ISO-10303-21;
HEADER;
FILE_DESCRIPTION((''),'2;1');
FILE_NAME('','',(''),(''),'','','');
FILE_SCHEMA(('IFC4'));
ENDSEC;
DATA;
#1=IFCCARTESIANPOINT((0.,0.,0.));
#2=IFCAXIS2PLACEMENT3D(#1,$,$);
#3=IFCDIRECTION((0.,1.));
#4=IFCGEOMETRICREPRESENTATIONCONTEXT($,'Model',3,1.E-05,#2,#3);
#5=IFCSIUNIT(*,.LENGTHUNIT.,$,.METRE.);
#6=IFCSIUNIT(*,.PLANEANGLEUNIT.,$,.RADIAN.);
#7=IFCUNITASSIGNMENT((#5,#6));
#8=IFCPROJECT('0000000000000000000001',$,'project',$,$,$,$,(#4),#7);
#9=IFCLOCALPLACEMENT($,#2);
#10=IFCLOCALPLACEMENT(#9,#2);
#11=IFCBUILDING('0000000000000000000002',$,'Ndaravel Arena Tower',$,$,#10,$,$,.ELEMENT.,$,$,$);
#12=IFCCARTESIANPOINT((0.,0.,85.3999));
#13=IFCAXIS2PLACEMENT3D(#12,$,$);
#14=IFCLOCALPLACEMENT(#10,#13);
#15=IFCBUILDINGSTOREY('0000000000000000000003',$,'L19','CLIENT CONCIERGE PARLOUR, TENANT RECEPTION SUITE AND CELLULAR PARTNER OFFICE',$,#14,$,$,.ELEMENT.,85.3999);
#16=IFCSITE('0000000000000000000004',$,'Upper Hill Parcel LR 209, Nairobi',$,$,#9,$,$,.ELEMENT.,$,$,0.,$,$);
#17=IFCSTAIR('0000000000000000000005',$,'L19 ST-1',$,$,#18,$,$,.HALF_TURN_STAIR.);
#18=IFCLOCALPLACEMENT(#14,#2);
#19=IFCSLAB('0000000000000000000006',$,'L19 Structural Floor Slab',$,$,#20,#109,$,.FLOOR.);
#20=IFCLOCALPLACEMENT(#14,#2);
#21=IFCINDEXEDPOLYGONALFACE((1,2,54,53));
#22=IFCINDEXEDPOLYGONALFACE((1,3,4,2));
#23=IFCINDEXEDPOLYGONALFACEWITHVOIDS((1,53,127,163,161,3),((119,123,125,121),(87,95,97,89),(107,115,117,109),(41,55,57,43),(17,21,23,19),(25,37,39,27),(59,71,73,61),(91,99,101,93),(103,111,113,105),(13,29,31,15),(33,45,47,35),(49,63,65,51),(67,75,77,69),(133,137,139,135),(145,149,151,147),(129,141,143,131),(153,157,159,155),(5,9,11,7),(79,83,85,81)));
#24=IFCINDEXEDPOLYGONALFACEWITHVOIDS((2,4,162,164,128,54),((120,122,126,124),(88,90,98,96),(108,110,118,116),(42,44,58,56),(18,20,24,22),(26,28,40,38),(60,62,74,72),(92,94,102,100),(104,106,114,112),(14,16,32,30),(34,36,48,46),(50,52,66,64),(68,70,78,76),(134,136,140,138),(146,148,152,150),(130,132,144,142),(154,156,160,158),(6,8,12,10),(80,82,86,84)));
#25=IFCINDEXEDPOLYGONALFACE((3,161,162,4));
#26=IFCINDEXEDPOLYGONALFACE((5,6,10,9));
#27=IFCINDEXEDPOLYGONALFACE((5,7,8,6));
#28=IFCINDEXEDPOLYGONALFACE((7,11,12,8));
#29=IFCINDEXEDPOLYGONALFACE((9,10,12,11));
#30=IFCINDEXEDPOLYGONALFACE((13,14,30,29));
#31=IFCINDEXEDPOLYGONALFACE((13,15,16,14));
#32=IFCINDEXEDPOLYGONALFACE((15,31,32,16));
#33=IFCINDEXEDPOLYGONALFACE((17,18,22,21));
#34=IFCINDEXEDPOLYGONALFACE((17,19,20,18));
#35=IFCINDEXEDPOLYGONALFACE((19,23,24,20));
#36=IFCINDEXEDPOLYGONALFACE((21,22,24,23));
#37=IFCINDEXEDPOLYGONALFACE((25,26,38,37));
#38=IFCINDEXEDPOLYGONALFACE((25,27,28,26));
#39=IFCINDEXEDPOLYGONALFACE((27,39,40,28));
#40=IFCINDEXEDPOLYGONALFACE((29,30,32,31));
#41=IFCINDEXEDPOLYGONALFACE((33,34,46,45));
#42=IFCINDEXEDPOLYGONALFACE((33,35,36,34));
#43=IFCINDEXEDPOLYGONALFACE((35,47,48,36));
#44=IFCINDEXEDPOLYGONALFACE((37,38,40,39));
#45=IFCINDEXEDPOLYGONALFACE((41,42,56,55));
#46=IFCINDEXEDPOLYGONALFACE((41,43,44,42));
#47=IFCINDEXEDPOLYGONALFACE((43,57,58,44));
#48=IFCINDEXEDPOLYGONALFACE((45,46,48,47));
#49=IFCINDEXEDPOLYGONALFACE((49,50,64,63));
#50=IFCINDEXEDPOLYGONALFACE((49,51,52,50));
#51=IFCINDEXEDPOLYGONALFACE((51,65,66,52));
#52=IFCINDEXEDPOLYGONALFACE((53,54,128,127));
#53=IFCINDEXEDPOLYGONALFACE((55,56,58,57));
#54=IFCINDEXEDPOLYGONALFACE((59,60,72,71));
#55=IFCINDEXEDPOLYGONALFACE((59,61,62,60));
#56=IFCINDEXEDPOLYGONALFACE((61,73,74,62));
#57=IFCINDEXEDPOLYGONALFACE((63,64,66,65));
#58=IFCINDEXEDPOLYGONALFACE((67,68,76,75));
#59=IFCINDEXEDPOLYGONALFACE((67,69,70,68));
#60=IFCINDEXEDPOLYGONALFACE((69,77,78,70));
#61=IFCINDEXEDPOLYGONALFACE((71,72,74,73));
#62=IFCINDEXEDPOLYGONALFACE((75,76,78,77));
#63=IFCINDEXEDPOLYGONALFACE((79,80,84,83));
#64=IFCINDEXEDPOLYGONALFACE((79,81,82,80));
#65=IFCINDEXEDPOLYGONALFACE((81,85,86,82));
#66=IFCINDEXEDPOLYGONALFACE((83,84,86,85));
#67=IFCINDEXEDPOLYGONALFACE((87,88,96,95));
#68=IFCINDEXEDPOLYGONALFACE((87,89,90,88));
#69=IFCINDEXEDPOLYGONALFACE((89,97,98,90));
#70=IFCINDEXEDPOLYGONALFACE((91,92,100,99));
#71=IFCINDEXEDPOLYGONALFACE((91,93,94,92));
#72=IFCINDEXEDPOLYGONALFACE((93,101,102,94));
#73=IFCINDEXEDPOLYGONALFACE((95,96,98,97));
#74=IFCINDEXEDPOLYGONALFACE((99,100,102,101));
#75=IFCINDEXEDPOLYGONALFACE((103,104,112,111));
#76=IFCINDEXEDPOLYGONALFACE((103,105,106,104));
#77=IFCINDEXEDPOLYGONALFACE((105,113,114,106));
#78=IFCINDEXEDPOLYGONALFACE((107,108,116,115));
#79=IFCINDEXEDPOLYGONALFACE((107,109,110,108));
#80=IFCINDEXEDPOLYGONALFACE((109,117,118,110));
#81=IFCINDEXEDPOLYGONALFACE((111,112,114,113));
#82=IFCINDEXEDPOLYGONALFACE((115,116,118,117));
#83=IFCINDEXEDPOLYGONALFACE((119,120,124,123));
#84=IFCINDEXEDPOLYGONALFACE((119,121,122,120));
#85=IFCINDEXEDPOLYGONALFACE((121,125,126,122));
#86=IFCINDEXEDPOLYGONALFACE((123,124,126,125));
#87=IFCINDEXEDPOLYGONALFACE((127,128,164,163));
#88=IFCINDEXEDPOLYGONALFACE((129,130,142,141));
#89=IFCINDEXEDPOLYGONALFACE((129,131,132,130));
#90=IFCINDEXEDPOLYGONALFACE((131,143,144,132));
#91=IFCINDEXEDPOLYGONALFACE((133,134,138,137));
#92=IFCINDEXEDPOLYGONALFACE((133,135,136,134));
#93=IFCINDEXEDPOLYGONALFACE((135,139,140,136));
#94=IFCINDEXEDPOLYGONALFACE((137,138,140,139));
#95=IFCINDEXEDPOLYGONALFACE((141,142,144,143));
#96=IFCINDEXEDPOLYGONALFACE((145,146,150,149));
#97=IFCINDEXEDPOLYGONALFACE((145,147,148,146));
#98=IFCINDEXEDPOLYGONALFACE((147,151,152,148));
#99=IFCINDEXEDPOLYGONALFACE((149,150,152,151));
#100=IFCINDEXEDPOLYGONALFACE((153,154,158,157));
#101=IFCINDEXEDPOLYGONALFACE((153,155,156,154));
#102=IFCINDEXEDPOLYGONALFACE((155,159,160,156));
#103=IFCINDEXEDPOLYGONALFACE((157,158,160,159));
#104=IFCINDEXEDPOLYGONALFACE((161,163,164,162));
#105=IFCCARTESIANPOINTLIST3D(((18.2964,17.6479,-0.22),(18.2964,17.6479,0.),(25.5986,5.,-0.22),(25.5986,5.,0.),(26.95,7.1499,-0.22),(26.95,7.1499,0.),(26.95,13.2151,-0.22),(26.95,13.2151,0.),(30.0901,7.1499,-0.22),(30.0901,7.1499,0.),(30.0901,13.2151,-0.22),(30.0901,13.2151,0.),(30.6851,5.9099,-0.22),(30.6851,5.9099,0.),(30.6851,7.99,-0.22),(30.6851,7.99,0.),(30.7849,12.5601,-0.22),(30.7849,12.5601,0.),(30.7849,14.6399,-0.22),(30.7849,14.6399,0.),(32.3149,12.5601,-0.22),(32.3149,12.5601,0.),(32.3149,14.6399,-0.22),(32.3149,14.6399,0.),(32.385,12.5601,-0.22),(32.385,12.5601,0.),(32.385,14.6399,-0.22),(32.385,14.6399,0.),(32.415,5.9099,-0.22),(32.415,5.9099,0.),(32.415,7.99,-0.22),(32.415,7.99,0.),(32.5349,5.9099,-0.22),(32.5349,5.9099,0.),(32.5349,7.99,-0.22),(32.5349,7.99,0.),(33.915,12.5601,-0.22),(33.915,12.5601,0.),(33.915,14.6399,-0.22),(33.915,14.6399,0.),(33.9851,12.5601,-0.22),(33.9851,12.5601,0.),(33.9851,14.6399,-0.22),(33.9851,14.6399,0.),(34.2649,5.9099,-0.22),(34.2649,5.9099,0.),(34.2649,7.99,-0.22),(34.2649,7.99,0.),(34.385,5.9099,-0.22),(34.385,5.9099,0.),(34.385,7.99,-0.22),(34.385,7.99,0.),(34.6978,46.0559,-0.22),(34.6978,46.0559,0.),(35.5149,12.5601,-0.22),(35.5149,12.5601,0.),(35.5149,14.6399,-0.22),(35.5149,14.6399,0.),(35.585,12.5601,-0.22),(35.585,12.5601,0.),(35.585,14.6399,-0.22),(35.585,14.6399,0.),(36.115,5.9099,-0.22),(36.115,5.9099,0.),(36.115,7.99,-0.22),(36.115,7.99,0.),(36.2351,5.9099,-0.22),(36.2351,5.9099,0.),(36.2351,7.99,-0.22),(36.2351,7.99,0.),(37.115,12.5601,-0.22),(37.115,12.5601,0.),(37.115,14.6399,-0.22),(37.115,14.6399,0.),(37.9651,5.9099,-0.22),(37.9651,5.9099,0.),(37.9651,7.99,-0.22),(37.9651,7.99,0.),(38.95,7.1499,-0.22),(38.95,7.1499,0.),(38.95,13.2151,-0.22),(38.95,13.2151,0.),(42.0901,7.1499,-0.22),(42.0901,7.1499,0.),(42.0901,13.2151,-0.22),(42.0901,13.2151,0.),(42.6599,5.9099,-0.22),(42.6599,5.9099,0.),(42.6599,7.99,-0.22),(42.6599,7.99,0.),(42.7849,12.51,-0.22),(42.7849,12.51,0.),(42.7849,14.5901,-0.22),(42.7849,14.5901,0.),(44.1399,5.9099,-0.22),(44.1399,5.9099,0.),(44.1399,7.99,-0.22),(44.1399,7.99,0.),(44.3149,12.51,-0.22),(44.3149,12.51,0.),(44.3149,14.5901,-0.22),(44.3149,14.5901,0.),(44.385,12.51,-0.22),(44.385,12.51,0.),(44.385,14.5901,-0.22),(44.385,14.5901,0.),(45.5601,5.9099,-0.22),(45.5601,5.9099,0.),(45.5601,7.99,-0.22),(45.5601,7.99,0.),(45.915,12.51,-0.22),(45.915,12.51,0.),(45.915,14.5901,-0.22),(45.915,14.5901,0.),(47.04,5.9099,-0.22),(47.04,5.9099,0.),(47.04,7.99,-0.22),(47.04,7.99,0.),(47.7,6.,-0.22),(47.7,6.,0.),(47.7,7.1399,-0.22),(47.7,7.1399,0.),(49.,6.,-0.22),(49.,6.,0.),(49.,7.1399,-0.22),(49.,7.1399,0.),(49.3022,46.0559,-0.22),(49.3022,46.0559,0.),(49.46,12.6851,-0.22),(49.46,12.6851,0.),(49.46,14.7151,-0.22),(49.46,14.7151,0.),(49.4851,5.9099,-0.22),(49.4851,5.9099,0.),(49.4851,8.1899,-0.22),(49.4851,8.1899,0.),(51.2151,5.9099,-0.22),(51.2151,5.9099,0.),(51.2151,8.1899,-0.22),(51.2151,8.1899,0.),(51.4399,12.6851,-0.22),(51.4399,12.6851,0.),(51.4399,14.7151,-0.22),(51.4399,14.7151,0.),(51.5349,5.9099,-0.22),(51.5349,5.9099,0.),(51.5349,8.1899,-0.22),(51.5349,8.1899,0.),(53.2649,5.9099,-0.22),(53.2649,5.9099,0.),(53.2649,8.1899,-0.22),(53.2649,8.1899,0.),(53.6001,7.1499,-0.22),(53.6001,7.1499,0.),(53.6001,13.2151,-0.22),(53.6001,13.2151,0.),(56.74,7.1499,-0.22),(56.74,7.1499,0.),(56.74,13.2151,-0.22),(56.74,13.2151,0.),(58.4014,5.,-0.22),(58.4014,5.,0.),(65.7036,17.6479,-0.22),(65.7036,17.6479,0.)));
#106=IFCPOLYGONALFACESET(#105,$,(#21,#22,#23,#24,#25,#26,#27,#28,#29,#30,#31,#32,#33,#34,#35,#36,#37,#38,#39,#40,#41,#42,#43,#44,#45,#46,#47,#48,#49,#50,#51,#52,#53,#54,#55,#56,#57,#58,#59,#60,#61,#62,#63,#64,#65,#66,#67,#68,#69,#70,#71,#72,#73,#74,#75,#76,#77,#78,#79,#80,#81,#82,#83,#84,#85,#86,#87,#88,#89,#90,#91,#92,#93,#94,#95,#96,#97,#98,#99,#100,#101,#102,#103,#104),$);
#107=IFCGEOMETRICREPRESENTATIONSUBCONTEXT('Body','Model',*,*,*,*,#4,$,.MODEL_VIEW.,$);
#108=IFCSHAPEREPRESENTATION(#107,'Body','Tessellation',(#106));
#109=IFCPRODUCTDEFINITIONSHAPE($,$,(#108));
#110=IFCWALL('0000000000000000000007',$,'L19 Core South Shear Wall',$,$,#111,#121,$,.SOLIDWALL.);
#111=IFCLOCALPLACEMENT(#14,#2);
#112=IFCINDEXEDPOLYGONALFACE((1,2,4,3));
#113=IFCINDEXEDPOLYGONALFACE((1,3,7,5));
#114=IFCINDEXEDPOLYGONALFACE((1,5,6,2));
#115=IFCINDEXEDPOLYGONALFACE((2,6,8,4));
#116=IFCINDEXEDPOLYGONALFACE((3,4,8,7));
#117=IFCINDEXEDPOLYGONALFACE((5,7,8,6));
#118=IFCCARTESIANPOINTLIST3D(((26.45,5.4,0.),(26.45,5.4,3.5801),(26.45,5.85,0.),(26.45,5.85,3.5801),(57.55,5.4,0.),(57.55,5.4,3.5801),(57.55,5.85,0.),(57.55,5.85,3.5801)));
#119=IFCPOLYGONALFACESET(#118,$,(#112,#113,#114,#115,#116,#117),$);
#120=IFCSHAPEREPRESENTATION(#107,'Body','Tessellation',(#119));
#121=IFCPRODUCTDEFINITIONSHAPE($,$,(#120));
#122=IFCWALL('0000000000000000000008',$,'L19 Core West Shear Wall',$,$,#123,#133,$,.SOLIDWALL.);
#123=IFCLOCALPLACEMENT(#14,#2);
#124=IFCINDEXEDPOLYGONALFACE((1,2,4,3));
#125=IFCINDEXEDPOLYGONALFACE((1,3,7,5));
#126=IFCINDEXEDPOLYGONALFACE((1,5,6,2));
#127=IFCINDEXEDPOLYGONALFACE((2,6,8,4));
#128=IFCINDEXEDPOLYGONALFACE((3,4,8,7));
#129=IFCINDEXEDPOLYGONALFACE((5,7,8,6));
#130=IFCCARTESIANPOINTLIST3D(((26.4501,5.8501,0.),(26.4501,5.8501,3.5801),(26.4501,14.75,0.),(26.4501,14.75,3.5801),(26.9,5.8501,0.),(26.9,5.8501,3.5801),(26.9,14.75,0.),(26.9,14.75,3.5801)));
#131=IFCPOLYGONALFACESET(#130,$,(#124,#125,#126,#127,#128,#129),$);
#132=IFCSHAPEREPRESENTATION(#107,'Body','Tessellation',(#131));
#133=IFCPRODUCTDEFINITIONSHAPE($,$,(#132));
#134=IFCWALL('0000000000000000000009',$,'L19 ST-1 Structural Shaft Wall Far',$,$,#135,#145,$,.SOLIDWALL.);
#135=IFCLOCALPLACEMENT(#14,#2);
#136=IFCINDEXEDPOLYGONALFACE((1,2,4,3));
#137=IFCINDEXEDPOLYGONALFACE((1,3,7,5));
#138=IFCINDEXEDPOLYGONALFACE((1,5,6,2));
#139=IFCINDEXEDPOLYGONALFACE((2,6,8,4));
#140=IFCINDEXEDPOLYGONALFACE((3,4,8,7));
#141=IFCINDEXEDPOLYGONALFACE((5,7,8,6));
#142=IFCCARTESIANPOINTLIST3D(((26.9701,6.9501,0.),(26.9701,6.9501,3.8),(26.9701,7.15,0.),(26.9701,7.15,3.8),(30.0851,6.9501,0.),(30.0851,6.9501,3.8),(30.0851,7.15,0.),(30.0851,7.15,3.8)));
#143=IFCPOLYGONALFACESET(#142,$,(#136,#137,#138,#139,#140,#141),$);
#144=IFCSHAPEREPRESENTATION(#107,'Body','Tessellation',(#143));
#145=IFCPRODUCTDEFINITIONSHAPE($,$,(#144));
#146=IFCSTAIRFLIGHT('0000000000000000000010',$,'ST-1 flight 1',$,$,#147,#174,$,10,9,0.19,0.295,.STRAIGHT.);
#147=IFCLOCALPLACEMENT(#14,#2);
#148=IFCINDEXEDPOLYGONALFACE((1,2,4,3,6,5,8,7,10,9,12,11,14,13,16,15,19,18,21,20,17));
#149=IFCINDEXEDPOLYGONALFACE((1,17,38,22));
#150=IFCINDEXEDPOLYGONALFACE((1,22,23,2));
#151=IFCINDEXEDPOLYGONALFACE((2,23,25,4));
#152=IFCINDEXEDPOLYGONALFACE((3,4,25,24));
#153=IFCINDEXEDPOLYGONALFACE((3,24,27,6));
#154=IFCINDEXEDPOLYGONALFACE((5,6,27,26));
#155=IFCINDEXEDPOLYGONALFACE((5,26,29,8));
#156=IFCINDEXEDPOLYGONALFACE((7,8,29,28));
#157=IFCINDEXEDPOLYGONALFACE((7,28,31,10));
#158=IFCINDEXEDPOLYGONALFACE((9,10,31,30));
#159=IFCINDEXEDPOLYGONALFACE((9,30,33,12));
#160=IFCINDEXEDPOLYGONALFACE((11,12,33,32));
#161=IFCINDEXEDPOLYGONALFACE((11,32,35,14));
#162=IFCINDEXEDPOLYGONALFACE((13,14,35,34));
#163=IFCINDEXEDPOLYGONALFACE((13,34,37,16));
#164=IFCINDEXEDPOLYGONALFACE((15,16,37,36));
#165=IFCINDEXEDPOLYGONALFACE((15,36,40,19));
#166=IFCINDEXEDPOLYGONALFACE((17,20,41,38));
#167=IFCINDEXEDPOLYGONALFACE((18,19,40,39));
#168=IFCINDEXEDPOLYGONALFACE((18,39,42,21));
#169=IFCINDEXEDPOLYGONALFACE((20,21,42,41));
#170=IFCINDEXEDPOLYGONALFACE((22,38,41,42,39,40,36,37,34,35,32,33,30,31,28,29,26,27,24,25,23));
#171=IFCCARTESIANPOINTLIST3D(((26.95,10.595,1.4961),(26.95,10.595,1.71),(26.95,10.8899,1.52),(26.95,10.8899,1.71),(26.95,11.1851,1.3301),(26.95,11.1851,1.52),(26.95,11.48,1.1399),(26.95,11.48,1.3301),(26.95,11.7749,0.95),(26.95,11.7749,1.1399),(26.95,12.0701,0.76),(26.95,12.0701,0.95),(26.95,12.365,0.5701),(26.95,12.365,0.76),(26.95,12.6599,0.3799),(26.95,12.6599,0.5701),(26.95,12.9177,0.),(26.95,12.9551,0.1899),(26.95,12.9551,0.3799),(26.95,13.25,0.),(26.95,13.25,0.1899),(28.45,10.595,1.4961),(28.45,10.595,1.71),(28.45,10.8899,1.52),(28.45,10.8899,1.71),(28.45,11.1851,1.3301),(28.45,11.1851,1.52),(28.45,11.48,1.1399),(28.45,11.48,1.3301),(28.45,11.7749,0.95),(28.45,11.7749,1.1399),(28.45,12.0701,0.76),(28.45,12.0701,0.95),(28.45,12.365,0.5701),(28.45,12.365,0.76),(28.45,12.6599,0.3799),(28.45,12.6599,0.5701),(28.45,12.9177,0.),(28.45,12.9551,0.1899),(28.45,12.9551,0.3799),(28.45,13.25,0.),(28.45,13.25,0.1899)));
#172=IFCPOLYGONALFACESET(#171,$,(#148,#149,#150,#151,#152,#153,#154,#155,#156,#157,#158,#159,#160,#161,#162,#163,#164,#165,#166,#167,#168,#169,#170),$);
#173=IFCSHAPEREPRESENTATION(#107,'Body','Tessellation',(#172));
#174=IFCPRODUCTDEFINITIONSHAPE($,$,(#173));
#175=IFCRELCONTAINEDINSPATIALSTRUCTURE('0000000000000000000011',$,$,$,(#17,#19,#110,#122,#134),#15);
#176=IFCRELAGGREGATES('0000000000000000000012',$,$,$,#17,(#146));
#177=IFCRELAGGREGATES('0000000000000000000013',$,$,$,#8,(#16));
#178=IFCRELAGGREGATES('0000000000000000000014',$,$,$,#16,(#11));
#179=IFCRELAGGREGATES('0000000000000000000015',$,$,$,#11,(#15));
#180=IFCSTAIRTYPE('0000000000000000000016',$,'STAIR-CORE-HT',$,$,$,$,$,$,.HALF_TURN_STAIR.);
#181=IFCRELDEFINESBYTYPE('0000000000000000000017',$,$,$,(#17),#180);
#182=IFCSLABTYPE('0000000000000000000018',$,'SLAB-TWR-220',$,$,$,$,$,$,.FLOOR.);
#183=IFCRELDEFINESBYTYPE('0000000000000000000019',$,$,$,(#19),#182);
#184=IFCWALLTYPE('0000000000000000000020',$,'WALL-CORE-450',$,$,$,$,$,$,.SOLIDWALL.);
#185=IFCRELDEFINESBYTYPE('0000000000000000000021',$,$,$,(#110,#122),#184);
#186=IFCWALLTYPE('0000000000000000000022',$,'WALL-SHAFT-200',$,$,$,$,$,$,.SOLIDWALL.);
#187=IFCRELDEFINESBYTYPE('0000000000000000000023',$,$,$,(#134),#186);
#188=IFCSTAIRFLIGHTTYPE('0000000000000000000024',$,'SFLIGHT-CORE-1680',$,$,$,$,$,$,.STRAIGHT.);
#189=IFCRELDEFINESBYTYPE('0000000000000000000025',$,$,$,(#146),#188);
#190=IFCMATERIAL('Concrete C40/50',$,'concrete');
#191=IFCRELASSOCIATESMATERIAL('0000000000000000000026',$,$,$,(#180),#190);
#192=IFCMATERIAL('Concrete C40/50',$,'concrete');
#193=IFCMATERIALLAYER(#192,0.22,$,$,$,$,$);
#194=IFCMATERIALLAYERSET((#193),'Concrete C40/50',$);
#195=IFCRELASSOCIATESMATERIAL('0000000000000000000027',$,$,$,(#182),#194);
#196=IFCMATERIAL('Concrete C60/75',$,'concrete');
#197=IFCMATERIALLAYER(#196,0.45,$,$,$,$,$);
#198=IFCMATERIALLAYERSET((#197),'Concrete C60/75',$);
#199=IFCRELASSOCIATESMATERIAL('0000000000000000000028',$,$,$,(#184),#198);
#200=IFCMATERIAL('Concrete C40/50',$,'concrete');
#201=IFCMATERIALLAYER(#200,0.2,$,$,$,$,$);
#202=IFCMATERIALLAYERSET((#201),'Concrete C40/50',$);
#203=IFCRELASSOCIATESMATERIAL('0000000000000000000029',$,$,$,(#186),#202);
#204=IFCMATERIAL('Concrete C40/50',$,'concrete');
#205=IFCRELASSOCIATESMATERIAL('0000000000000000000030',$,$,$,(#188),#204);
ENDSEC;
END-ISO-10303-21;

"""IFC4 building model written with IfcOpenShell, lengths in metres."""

from ifc_helpers import new_model, si_unit, direction, frame, frame_2d, origin, place, context, subcontext, project, spatial, polyline, rectangle, outline, extrude, material, layer, layer_set, type_object, element, aggregate, save


model = new_model("IFC4")

# Units and contexts
model_context = context("Model", 3, precision=1e-05, world=origin(), true_north=direction((0.0, 1.0)))
body_context = subcontext(model_context, "Body", "Model", "MODEL_VIEW")
ifc_project = project(units=[si_unit("LENGTHUNIT", "METRE"), si_unit("PLANEANGLEUNIT", "RADIAN")], contexts=[model_context])

# Site, building, storey
site_placement = place(None, origin())
site = spatial("IfcSite", under=ifc_project, at=site_placement, Name="Upper Hill Parcel LR 209, Nairobi", CompositionType="ELEMENT", RefElevation=0.0)
building_placement = place(site_placement, origin())
building = spatial("IfcBuilding", under=site, at=building_placement, Name="Ndaravel Arena Tower", CompositionType="ELEMENT")
storey_placement = place(building_placement, frame((0.0, 0.0, 85.3999)))
storey = spatial("IfcBuildingStorey", under=building, at=storey_placement, Name="L19", Description="CLIENT CONCIERGE PARLOUR, TENANT RECEPTION SUITE AND CELLULAR PARTNER OFFICE", CompositionType="ELEMENT", Elevation=85.3999)

# Stair
ifc_material_1 = material(Name="Concrete C40/50", Category="concrete")
stair_type = type_object("IfcStairType", Name="STAIR-CORE-HT", PredefinedType="HALF_TURN_STAIR", material=ifc_material_1)
stair_1_placement = place(storey_placement, origin())
stair_1 = element("IfcStair", 1, at=stair_1_placement, inside=storey, type_object=stair_type, Name="L19 ST-1", PredefinedType="HALF_TURN_STAIR")

# Slab
ifc_material_2 = material(Name="Concrete C40/50", Category="concrete")
ifc_layer_1 = layer(ifc_material_2, 0.22)
ifc_layer_set_1 = layer_set([ifc_layer_1], Name="Concrete C40/50")
slab_type_1 = type_object("IfcSlabType", Name="SLAB-TWR-220", PredefinedType="FLOOR", material=ifc_layer_set_1)
slab_1_placement = place(storey_placement, frame((0.0, 0.0, -0.22)))
element("IfcSlab", 2, at=slab_1_placement, inside=storey, type_object=slab_type_1, Name="L19 Structural Floor Slab", PredefinedType="FLOOR", context=body_context, shape_type="SweptSolid", body=[
    extrude(outline(polyline([(18.2964, 17.6479), (25.5986, 5.0), (58.4014, 5.0), (65.7036, 17.6479), (49.3022, 46.0559), (34.6978, 46.0559), (18.2964, 17.6479)]), holes=[polyline([(26.95, 13.2151), (26.95, 7.1499), (30.0901, 7.1499), (30.0901, 13.2151), (26.95, 13.2151)]), polyline([(38.95, 13.2151), (38.95, 7.1499), (42.0901, 7.1499), (42.0901, 13.2151), (38.95, 13.2151)]), polyline([(53.6001, 13.2151), (53.6001, 7.1499), (56.74, 7.1499), (56.74, 13.2151), (53.6001, 13.2151)]), polyline([(30.6851, 5.9099), (32.415, 5.9099), (32.415, 7.99), (30.6851, 7.99), (30.6851, 5.9099)]), polyline([(32.5349, 5.9099), (34.2649, 5.9099), (34.2649, 7.99), (32.5349, 7.99), (32.5349, 5.9099)]), polyline([(34.385, 5.9099), (36.115, 5.9099), (36.115, 7.99), (34.385, 7.99), (34.385, 5.9099)]), polyline([(36.2351, 5.9099), (37.9651, 5.9099), (37.9651, 7.99), (36.2351, 7.99), (36.2351, 5.9099)]), polyline([(30.7849, 12.5601), (32.3149, 12.5601), (32.3149, 14.6399), (30.7849, 14.6399), (30.7849, 12.5601)]), polyline([(32.385, 12.5601), (33.915, 12.5601), (33.915, 14.6399), (32.385, 14.6399), (32.385, 12.5601)]), polyline([(33.9851, 12.5601), (35.5149, 12.5601), (35.5149, 14.6399), (33.9851, 14.6399), (33.9851, 12.5601)]), polyline([(35.585, 12.5601), (37.115, 12.5601), (37.115, 14.6399), (35.585, 14.6399), (35.585, 12.5601)]), polyline([(42.6599, 5.9099), (44.1399, 5.9099), (44.1399, 7.99), (42.6599, 7.99), (42.6599, 5.9099)]), polyline([(45.5601, 5.9099), (47.04, 5.9099), (47.04, 7.99), (45.5601, 7.99), (45.5601, 5.9099)]), polyline([(42.7849, 12.51), (44.3149, 12.51), (44.3149, 14.5901), (42.7849, 14.5901), (42.7849, 12.51)]), polyline([(44.385, 12.51), (45.915, 12.51), (45.915, 14.5901), (44.385, 14.5901), (44.385, 12.51)]), polyline([(49.4851, 5.9099), (51.2151, 5.9099), (51.2151, 8.1899), (49.4851, 8.1899), (49.4851, 5.9099)]), polyline([(51.5349, 5.9099), (53.2649, 5.9099), (53.2649, 8.1899), (51.5349, 8.1899), (51.5349, 5.9099)]), polyline([(49.46, 12.6851), (51.4399, 12.6851), (51.4399, 14.7151), (49.46, 14.7151), (49.46, 12.6851)]), polyline([(47.7, 6.0), (49.0, 6.0), (49.0, 7.1399), (47.7, 7.1399), (47.7, 6.0)])]), origin(), (0.0, 0.0, 1.0), 0.22),
])

# Walls
ifc_material_3 = material(Name="Concrete C60/75", Category="concrete")
ifc_layer_2 = layer(ifc_material_3, 0.45)
ifc_layer_set_2 = layer_set([ifc_layer_2], Name="Concrete C60/75")
wall_type_1 = type_object("IfcWallType", Name="WALL-CORE-450", PredefinedType="SOLIDWALL", material=ifc_layer_set_2)
wall_1_placement = place(storey_placement, frame((26.45, 5.625, 0.0), z_axis=(0.0, 0.0, 1.0), x_axis=(1.0, 0.0, 0.0)))
element("IfcWall", 3, at=wall_1_placement, inside=storey, type_object=wall_type_1, Name="L19 Core South Shear Wall", PredefinedType="SOLIDWALL", context=body_context, shape_type="SweptSolid", body=[
    extrude(rectangle(XDim=31.1001, YDim=0.45, at=frame_2d((15.55, 0.0))), origin(), (0.0, 0.0, 1.0), 3.5801),
])
wall_2_placement = place(storey_placement, frame((26.675, 5.8501, 0.0), z_axis=(0.0, 0.0, 1.0), x_axis=(0.0, 1.0, 0.0)))
element("IfcWall", 4, at=wall_2_placement, inside=storey, type_object=wall_type_1, Name="L19 Core West Shear Wall", PredefinedType="SOLIDWALL", context=body_context, shape_type="SweptSolid", body=[
    extrude(rectangle(XDim=8.8999, YDim=0.45, at=frame_2d((4.45, 0.0))), origin(), (0.0, 0.0, 1.0), 3.5801),
])
ifc_material_4 = material(Name="Concrete C40/50", Category="concrete")
ifc_layer_3 = layer(ifc_material_4, 0.2)
ifc_layer_set_3 = layer_set([ifc_layer_3], Name="Concrete C40/50")
wall_type_2 = type_object("IfcWallType", Name="WALL-SHAFT-200", PredefinedType="SOLIDWALL", material=ifc_layer_set_3)
wall_3_placement = place(storey_placement, frame((26.97, 7.05, 0.0), z_axis=(0.0, 0.0, 1.0), x_axis=(1.0, 0.0, 0.0)))
element("IfcWall", 5, at=wall_3_placement, inside=storey, type_object=wall_type_2, Name="L19 ST-1 Structural Shaft Wall Far", PredefinedType="SOLIDWALL", context=body_context, shape_type="SweptSolid", body=[
    extrude(rectangle(XDim=3.115, YDim=0.2, at=frame_2d((1.5576, 0.0))), origin(), (0.0, 0.0, 1.0), 3.8),
])

# Stair flight
ifc_material_5 = material(Name="Concrete C40/50", Category="concrete")
stair_flight_type = type_object("IfcStairFlightType", Name="SFLIGHT-CORE-1680", PredefinedType="STRAIGHT", material=ifc_material_5)
stair_flight_placement = place(storey_placement, frame((27.7, 13.25, 0.0), z_axis=(0.0, 0.0, 1.0), x_axis=(0.0, -1.0, 0.0)))
stair_flight = element("IfcStairFlight", 6, at=stair_flight_placement, type_object=stair_flight_type, Name="ST-1 flight 1", NumberOfRisers=10, NumberOfTreads=9, PredefinedType="STRAIGHT", RiserHeight=0.19, TreadLength=0.295, context=body_context, shape_type="SweptSolid", body=[
    extrude(outline(polyline([(0.0, 0.0), (0.0, 0.1899), (0.2949, 0.1899), (0.2949, 0.3799), (0.5901, 0.3799), (0.5901, 0.5701), (0.885, 0.5701), (0.885, 0.76), (1.1799, 0.76), (1.1799, 0.95), (1.4751, 0.95), (1.4751, 1.1399), (1.77, 1.1399), (1.77, 1.3301), (2.0649, 1.3301), (2.0649, 1.52), (2.3601, 1.52), (2.3601, 1.71), (2.655, 1.71), (2.655, 1.8999), (2.655, 1.4961), (0.3323, 0.0), (0.0, 0.0)])), frame((0.0, 0.75, 0.0), z_axis=(0.0, -1.0, 0.0), x_axis=(1.0, 0.0, 0.0)), (0.0, 0.0, 1.0), 1.5),
])
aggregate(stair_1, [stair_flight])

save(model, "model.ifc")
